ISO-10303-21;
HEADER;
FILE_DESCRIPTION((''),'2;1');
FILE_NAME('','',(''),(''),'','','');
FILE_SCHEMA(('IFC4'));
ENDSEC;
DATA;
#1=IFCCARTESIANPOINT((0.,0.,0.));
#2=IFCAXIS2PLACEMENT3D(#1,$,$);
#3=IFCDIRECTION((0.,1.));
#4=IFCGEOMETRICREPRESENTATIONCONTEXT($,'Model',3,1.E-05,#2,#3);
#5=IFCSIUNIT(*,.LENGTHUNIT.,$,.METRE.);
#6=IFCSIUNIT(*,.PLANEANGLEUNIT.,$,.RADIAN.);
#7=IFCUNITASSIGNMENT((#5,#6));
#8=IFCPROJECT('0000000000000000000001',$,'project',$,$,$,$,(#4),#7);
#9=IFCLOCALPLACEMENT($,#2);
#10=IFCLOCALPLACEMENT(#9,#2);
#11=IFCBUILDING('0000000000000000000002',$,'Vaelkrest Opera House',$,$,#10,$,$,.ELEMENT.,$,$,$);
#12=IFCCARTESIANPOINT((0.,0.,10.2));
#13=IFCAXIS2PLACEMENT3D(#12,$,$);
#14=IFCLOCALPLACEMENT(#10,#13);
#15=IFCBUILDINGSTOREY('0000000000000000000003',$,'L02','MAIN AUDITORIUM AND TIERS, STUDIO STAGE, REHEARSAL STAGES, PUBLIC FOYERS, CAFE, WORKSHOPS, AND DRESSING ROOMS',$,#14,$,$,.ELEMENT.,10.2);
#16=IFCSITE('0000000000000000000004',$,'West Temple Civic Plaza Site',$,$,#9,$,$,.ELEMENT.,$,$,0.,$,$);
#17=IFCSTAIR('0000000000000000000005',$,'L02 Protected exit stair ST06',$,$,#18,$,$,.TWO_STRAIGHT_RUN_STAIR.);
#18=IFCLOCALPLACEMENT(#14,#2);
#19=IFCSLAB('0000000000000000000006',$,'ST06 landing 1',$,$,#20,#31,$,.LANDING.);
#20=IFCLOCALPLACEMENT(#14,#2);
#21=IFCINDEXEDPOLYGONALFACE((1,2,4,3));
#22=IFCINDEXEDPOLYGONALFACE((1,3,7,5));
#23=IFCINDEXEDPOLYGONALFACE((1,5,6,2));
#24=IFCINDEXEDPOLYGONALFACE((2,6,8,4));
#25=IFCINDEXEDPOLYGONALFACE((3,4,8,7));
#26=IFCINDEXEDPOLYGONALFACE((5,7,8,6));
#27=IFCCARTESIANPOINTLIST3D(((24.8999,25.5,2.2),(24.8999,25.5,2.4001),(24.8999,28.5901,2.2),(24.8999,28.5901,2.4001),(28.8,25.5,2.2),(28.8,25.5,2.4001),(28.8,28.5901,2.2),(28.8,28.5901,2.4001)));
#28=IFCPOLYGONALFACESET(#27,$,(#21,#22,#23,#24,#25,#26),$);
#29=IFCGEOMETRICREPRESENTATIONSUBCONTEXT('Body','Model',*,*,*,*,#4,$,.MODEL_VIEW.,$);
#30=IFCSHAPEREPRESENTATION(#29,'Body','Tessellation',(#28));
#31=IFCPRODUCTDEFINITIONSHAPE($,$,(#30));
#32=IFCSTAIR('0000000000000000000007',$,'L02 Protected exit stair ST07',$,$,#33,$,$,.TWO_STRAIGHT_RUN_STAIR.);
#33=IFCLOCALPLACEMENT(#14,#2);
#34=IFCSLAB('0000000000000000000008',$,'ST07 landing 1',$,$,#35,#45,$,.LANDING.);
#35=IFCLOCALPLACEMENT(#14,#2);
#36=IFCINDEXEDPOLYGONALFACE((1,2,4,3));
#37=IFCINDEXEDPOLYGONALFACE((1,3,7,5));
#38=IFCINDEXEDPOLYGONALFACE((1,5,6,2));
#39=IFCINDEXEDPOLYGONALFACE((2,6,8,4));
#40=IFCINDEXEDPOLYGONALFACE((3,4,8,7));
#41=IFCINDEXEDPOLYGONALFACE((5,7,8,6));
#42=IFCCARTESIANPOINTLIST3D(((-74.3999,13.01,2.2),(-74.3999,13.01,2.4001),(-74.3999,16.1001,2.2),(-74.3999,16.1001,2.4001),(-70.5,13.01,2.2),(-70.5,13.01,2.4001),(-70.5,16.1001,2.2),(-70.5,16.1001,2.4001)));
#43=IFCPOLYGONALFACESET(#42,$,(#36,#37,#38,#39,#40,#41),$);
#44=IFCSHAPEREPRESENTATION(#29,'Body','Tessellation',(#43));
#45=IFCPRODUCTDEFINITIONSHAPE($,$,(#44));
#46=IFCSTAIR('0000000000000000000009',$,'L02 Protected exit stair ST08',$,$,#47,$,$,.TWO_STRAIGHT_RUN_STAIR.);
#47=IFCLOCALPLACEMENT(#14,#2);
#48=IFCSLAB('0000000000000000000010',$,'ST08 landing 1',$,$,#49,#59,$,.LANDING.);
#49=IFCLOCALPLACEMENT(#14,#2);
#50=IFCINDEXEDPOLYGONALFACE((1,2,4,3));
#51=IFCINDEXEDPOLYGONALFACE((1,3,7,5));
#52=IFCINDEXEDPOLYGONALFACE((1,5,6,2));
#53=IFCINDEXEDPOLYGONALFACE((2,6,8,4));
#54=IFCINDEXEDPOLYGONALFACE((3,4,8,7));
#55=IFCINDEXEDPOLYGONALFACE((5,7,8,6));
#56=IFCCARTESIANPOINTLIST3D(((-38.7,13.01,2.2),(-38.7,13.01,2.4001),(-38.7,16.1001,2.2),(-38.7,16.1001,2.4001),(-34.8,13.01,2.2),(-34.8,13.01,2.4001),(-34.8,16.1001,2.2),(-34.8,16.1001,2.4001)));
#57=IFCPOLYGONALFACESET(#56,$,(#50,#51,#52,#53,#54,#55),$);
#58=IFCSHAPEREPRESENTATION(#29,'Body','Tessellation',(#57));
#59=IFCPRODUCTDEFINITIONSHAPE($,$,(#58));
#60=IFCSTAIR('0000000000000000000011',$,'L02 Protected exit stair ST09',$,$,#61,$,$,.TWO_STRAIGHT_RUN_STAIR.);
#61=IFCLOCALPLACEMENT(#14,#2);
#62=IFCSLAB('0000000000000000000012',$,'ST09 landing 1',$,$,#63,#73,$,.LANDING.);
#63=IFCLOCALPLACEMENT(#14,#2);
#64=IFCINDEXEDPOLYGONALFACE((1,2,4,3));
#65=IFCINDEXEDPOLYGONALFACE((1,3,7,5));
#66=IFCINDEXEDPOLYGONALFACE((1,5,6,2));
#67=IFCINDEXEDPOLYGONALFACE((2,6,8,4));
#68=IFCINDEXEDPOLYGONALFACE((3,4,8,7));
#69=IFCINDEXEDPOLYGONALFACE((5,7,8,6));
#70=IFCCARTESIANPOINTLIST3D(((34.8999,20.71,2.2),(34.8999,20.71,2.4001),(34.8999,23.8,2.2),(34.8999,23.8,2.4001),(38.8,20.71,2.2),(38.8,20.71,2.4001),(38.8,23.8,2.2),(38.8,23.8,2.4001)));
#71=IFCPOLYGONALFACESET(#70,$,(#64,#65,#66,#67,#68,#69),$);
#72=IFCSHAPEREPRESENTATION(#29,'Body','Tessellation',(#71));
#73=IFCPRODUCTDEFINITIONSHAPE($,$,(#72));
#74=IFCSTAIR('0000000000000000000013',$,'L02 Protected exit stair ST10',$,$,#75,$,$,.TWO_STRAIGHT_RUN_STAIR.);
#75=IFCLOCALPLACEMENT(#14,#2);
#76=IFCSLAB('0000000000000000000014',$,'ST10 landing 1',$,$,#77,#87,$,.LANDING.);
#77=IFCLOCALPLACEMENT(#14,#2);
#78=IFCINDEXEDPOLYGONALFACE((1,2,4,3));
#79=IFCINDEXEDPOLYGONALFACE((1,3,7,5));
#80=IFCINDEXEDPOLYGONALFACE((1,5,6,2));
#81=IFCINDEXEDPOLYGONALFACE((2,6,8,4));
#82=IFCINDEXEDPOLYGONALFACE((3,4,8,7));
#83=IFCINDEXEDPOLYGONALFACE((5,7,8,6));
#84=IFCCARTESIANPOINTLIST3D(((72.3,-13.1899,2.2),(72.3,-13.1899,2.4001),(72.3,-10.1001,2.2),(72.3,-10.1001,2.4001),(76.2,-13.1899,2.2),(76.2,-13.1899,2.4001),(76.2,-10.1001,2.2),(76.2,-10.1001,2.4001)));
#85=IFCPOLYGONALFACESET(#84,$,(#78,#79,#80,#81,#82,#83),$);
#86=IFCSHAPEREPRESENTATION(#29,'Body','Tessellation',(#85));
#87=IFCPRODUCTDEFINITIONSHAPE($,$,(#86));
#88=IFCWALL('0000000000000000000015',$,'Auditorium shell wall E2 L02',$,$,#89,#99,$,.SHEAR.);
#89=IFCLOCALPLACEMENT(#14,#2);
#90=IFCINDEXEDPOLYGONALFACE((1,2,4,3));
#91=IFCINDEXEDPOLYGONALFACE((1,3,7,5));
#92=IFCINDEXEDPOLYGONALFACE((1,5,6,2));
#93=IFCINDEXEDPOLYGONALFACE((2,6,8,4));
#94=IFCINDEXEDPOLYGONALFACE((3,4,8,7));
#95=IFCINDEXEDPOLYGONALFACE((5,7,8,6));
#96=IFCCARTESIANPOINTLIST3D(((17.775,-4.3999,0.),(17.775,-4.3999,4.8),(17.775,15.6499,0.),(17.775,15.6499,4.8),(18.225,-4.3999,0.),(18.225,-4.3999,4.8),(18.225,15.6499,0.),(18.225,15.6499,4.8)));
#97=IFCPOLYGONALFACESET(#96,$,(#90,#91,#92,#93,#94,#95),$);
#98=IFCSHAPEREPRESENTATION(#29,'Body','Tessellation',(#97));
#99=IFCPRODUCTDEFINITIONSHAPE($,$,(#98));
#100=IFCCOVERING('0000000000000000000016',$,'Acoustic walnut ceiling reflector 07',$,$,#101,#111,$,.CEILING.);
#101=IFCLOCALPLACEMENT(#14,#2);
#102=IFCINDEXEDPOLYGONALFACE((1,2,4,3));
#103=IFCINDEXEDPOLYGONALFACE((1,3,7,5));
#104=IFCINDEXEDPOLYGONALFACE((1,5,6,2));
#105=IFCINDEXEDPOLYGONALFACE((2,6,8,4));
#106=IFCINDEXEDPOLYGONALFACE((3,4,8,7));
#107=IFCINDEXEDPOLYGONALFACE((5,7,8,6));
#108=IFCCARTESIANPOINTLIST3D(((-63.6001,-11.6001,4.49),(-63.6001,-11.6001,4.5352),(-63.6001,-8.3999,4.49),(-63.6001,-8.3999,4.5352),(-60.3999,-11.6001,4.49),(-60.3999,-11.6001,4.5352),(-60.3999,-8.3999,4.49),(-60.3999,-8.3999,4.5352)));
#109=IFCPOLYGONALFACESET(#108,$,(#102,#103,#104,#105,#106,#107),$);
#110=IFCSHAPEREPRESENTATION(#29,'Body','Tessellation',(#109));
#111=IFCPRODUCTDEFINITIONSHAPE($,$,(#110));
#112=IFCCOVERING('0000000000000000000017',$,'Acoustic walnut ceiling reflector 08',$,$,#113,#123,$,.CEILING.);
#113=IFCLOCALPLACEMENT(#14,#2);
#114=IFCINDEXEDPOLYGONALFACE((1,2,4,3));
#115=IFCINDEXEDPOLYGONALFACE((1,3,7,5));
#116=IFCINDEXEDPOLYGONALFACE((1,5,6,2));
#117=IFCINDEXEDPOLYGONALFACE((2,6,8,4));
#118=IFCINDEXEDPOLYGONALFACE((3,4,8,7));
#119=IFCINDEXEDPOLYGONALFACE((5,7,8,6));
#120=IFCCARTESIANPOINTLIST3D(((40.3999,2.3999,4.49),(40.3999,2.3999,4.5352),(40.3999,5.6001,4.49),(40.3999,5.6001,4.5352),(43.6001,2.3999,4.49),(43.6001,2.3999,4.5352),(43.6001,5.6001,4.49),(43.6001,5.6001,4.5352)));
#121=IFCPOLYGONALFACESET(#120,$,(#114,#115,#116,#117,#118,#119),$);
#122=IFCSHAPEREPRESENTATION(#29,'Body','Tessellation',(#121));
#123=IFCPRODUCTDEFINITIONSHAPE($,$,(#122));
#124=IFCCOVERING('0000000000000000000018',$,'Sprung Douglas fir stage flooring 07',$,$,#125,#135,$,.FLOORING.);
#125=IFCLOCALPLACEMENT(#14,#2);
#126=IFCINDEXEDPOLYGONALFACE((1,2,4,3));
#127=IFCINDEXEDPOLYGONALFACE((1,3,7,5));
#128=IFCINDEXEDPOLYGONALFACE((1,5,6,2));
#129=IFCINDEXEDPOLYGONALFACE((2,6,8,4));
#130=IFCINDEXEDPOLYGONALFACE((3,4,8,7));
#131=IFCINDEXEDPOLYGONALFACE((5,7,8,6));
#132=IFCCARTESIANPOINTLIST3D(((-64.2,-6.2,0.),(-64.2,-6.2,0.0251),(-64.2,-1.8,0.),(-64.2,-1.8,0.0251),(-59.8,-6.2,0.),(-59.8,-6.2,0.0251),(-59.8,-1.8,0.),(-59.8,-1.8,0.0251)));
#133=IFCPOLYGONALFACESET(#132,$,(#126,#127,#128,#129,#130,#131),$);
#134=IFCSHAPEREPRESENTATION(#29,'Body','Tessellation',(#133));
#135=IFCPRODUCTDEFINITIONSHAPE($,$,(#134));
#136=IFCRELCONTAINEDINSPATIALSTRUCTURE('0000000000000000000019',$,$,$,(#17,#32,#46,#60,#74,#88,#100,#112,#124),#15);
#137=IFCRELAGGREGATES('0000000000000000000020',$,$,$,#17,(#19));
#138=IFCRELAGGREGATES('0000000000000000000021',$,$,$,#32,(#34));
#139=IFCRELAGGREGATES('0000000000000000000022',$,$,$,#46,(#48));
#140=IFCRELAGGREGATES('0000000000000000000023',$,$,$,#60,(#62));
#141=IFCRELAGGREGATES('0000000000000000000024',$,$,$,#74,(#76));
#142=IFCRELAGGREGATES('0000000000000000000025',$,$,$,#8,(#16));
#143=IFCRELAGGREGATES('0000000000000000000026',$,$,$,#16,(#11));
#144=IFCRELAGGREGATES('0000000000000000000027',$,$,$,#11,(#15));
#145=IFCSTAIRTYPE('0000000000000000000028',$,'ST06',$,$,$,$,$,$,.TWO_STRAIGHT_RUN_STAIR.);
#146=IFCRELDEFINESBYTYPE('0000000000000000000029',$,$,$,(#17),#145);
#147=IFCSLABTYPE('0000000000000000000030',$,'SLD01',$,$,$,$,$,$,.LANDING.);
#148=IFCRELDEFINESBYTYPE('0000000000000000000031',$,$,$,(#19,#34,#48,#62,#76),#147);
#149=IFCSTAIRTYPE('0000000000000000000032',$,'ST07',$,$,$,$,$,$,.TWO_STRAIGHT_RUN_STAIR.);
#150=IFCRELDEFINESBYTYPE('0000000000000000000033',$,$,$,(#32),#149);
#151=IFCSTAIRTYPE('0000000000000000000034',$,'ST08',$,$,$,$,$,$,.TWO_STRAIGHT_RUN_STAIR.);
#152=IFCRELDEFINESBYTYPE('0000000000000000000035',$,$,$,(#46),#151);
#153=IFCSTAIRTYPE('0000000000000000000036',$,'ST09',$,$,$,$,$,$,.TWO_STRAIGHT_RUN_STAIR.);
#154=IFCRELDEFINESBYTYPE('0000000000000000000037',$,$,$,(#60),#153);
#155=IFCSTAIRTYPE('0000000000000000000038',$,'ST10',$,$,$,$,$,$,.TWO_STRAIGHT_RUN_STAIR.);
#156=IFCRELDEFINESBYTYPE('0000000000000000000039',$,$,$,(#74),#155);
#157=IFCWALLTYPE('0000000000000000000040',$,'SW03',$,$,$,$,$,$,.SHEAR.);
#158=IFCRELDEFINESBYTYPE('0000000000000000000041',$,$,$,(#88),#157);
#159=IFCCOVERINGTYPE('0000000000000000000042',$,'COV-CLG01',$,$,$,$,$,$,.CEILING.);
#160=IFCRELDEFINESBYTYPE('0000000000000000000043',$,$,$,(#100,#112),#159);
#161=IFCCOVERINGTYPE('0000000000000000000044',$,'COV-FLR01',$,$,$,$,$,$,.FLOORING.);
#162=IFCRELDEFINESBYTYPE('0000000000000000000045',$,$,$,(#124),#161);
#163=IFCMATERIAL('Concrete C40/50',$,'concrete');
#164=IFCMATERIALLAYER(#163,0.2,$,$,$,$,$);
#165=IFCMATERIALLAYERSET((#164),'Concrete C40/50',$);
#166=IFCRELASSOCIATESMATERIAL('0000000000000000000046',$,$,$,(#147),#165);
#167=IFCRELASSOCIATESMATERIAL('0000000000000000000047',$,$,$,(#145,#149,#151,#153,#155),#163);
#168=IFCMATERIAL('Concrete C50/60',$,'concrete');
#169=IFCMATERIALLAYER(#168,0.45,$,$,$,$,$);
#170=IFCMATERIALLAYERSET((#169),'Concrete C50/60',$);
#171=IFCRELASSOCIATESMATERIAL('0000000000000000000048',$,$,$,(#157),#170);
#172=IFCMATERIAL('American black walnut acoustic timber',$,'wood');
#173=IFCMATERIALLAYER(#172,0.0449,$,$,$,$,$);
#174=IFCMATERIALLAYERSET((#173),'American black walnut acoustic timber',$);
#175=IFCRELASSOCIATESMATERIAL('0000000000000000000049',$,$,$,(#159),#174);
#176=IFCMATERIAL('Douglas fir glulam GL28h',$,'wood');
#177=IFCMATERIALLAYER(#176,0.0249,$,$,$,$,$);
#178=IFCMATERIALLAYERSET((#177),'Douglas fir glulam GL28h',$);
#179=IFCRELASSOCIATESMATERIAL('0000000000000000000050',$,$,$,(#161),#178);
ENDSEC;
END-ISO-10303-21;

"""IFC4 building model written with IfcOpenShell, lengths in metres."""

from ifc_helpers import new_model, si_unit, direction, frame, frame_2d, origin, place, context, subcontext, project, spatial, polyline, rectangle, outline, extrude, material, layer, layer_set, type_object, element, aggregate, save


model = new_model("IFC4")

# Units and contexts
model_context = context("Model", 3, precision=1e-05, world=origin(), true_north=direction((0.0, 1.0)))
body_context = subcontext(model_context, "Body", "Model", "MODEL_VIEW")
ifc_project = project(units=[si_unit("LENGTHUNIT", "METRE"), si_unit("PLANEANGLEUNIT", "RADIAN")], contexts=[model_context])

# Site, building, storey
site_placement = place(None, origin())
site = spatial("IfcSite", under=ifc_project, at=site_placement, Name="West Temple Civic Plaza Site", CompositionType="ELEMENT", RefElevation=0.0)
building_placement = place(site_placement, origin())
building = spatial("IfcBuilding", under=site, at=building_placement, Name="Vaelkrest Opera House", CompositionType="ELEMENT")
storey_placement = place(building_placement, frame((0.0, 0.0, 10.2)))
storey = spatial("IfcBuildingStorey", under=building, at=storey_placement, Name="L02", Description="MAIN AUDITORIUM AND TIERS, STUDIO STAGE, REHEARSAL STAGES, PUBLIC FOYERS, CAFE, WORKSHOPS, AND DRESSING ROOMS", CompositionType="ELEMENT", Elevation=10.2)

# Shared definitions
ifc_material_1 = material(Name="Concrete C50/60", Category="concrete")

# Shared definitions
ifc_material_2 = material(Name="Concrete C40/50", Category="concrete")

# Stairs, slabs
ifc_layer_1 = layer(ifc_material_2, 0.2)
ifc_layer_set_1 = layer_set([ifc_layer_1], Name="Concrete C40/50")
slab_type_1 = type_object("IfcSlabType", Name="SLD01", PredefinedType="LANDING", material=ifc_layer_set_1)
stair_type_1 = type_object("IfcStairType", Name="ST06", PredefinedType="TWO_STRAIGHT_RUN_STAIR", material=ifc_material_2)
stair_1_placement = place(storey_placement, origin())
stair_1 = element("IfcStair", 1, at=stair_1_placement, inside=storey, type_object=stair_type_1, Name="L02 Protected exit stair ST06", PredefinedType="TWO_STRAIGHT_RUN_STAIR")
slab_1_placement = place(storey_placement, frame((0.0, 0.0, 2.2)))
slab_1 = element("IfcSlab", 2, at=slab_1_placement, type_object=slab_type_1, Name="ST06 landing 1", PredefinedType="LANDING", context=body_context, shape_type="SweptSolid", body=[
    extrude(outline(polyline([(24.8999, 28.5901), (24.8999, 25.5), (28.8, 25.5), (28.8, 28.5901), (24.8999, 28.5901)])), origin(), (0.0, 0.0, 1.0), 0.2002),
])
aggregate(stair_1, [slab_1])
stair_type_2 = type_object("IfcStairType", Name="ST07", PredefinedType="TWO_STRAIGHT_RUN_STAIR", material=ifc_material_2)
stair_2_placement = place(storey_placement, origin())
stair_2 = element("IfcStair", 3, at=stair_2_placement, inside=storey, type_object=stair_type_2, Name="L02 Protected exit stair ST07", PredefinedType="TWO_STRAIGHT_RUN_STAIR")
slab_2_placement = place(storey_placement, frame((0.0, 0.0, 2.2)))
slab_2 = element("IfcSlab", 4, at=slab_2_placement, type_object=slab_type_1, Name="ST07 landing 1", PredefinedType="LANDING", context=body_context, shape_type="SweptSolid", body=[
    extrude(outline(polyline([(-70.5, 13.01), (-70.5, 16.1001), (-74.3999, 16.1001), (-74.3999, 13.01), (-70.5, 13.01)])), origin(), (0.0, 0.0, 1.0), 0.2002),
])
aggregate(stair_2, [slab_2])
stair_type_3 = type_object("IfcStairType", Name="ST08", PredefinedType="TWO_STRAIGHT_RUN_STAIR", material=ifc_material_2)
stair_3_placement = place(storey_placement, origin())
stair_3 = element("IfcStair", 5, at=stair_3_placement, inside=storey, type_object=stair_type_3, Name="L02 Protected exit stair ST08", PredefinedType="TWO_STRAIGHT_RUN_STAIR")
slab_3_placement = place(storey_placement, frame((0.0, 0.0, 2.2)))
slab_3 = element("IfcSlab", 6, at=slab_3_placement, type_object=slab_type_1, Name="ST08 landing 1", PredefinedType="LANDING", context=body_context, shape_type="SweptSolid", body=[
    extrude(outline(polyline([(-34.8, 13.01), (-34.8, 16.1001), (-38.7, 16.1001), (-38.7, 13.01), (-34.8, 13.01)])), origin(), (0.0, 0.0, 1.0), 0.2002),
])
aggregate(stair_3, [slab_3])
stair_type_4 = type_object("IfcStairType", Name="ST09", PredefinedType="TWO_STRAIGHT_RUN_STAIR", material=ifc_material_2)
stair_4_placement = place(storey_placement, origin())
stair_4 = element("IfcStair", 7, at=stair_4_placement, inside=storey, type_object=stair_type_4, Name="L02 Protected exit stair ST09", PredefinedType="TWO_STRAIGHT_RUN_STAIR")
slab_4_placement = place(storey_placement, frame((0.0, 0.0, 2.2)))
slab_4 = element("IfcSlab", 8, at=slab_4_placement, type_object=slab_type_1, Name="ST09 landing 1", PredefinedType="LANDING", context=body_context, shape_type="SweptSolid", body=[
    extrude(outline(polyline([(38.8, 20.71), (38.8, 23.8), (34.8999, 23.8), (34.8999, 20.71), (38.8, 20.71)])), origin(), (0.0, 0.0, 1.0), 0.2002),
])
aggregate(stair_4, [slab_4])
stair_type_5 = type_object("IfcStairType", Name="ST10", PredefinedType="TWO_STRAIGHT_RUN_STAIR", material=ifc_material_2)
stair_5_placement = place(storey_placement, origin())
stair_5 = element("IfcStair", 9, at=stair_5_placement, inside=storey, type_object=stair_type_5, Name="L02 Protected exit stair ST10", PredefinedType="TWO_STRAIGHT_RUN_STAIR")
slab_5_placement = place(storey_placement, frame((0.0, 0.0, 2.2)))
slab_5 = element("IfcSlab", 10, at=slab_5_placement, type_object=slab_type_1, Name="ST10 landing 1", PredefinedType="LANDING", context=body_context, shape_type="SweptSolid", body=[
    extrude(outline(polyline([(76.2, -13.1899), (76.2, -10.1001), (72.3, -10.1001), (72.3, -13.1899), (76.2, -13.1899)])), origin(), (0.0, 0.0, 1.0), 0.2002),
])
aggregate(stair_5, [slab_5])

# Wall
ifc_layer_2 = layer(ifc_material_1, 0.45)
ifc_layer_set_2 = layer_set([ifc_layer_2], Name="Concrete C50/60")
wall_type = type_object("IfcWallType", Name="SW03", PredefinedType="SHEAR", material=ifc_layer_set_2)
wall_placement = place(storey_placement, frame((18.0, -4.3999, 0.0), z_axis=(0.0, 0.0, 1.0), x_axis=(0.0, 1.0, 0.0)))
element("IfcWall", 11, at=wall_placement, inside=storey, type_object=wall_type, Name="Auditorium shell wall E2 L02", PredefinedType="SHEAR", context=body_context, shape_type="SweptSolid", body=[
    extrude(rectangle(XDim=20.0498, YDim=0.45, at=frame_2d((10.0249, 0.0))), origin(), (0.0, 0.0, 1.0), 4.8),
])

# Coverings
ifc_material_3 = material(Name="American black walnut acoustic timber", Category="wood")
ifc_layer_3 = layer(ifc_material_3, 0.0449)
ifc_layer_set_3 = layer_set([ifc_layer_3], Name="American black walnut acoustic timber")
covering_type_1 = type_object("IfcCoveringType", Name="COV-CLG01", PredefinedType="CEILING", material=ifc_layer_set_3)
covering_1_placement = place(storey_placement, frame((0.0, 0.0, 4.49)))
element("IfcCovering", 12, at=covering_1_placement, inside=storey, type_object=covering_type_1, Name="Acoustic walnut ceiling reflector 07", PredefinedType="CEILING", context=body_context, shape_type="SweptSolid", body=[
    extrude(outline(polyline([(-63.6001, -11.6001), (-60.3999, -11.6001), (-60.3999, -8.3999), (-63.6001, -8.3999), (-63.6001, -11.6001)])), origin(), (0.0, 0.0, 1.0), 0.0452),
])
covering_2_placement = place(storey_placement, frame((0.0, 0.0, 4.49)))
element("IfcCovering", 13, at=covering_2_placement, inside=storey, type_object=covering_type_1, Name="Acoustic walnut ceiling reflector 08", PredefinedType="CEILING", context=body_context, shape_type="SweptSolid", body=[
    extrude(outline(polyline([(40.3999, 2.3999), (43.6001, 2.3999), (43.6001, 5.6001), (40.3999, 5.6001), (40.3999, 2.3999)])), origin(), (0.0, 0.0, 1.0), 0.0452),
])
ifc_material_4 = material(Name="Douglas fir glulam GL28h", Category="wood")
ifc_layer_4 = layer(ifc_material_4, 0.0249)
ifc_layer_set_4 = layer_set([ifc_layer_4], Name="Douglas fir glulam GL28h")
covering_type_2 = type_object("IfcCoveringType", Name="COV-FLR01", PredefinedType="FLOORING", material=ifc_layer_set_4)
covering_3_placement = place(storey_placement, origin())
element("IfcCovering", 14, at=covering_3_placement, inside=storey, type_object=covering_type_2, Name="Sprung Douglas fir stage flooring 07", PredefinedType="FLOORING", context=body_context, shape_type="SweptSolid", body=[
    extrude(outline(polyline([(-64.2, -6.2), (-59.8, -6.2), (-59.8, -1.8), (-64.2, -1.8), (-64.2, -6.2)])), origin(), (0.0, 0.0, 1.0), 0.0251),
])

save(model, "model.ifc")
